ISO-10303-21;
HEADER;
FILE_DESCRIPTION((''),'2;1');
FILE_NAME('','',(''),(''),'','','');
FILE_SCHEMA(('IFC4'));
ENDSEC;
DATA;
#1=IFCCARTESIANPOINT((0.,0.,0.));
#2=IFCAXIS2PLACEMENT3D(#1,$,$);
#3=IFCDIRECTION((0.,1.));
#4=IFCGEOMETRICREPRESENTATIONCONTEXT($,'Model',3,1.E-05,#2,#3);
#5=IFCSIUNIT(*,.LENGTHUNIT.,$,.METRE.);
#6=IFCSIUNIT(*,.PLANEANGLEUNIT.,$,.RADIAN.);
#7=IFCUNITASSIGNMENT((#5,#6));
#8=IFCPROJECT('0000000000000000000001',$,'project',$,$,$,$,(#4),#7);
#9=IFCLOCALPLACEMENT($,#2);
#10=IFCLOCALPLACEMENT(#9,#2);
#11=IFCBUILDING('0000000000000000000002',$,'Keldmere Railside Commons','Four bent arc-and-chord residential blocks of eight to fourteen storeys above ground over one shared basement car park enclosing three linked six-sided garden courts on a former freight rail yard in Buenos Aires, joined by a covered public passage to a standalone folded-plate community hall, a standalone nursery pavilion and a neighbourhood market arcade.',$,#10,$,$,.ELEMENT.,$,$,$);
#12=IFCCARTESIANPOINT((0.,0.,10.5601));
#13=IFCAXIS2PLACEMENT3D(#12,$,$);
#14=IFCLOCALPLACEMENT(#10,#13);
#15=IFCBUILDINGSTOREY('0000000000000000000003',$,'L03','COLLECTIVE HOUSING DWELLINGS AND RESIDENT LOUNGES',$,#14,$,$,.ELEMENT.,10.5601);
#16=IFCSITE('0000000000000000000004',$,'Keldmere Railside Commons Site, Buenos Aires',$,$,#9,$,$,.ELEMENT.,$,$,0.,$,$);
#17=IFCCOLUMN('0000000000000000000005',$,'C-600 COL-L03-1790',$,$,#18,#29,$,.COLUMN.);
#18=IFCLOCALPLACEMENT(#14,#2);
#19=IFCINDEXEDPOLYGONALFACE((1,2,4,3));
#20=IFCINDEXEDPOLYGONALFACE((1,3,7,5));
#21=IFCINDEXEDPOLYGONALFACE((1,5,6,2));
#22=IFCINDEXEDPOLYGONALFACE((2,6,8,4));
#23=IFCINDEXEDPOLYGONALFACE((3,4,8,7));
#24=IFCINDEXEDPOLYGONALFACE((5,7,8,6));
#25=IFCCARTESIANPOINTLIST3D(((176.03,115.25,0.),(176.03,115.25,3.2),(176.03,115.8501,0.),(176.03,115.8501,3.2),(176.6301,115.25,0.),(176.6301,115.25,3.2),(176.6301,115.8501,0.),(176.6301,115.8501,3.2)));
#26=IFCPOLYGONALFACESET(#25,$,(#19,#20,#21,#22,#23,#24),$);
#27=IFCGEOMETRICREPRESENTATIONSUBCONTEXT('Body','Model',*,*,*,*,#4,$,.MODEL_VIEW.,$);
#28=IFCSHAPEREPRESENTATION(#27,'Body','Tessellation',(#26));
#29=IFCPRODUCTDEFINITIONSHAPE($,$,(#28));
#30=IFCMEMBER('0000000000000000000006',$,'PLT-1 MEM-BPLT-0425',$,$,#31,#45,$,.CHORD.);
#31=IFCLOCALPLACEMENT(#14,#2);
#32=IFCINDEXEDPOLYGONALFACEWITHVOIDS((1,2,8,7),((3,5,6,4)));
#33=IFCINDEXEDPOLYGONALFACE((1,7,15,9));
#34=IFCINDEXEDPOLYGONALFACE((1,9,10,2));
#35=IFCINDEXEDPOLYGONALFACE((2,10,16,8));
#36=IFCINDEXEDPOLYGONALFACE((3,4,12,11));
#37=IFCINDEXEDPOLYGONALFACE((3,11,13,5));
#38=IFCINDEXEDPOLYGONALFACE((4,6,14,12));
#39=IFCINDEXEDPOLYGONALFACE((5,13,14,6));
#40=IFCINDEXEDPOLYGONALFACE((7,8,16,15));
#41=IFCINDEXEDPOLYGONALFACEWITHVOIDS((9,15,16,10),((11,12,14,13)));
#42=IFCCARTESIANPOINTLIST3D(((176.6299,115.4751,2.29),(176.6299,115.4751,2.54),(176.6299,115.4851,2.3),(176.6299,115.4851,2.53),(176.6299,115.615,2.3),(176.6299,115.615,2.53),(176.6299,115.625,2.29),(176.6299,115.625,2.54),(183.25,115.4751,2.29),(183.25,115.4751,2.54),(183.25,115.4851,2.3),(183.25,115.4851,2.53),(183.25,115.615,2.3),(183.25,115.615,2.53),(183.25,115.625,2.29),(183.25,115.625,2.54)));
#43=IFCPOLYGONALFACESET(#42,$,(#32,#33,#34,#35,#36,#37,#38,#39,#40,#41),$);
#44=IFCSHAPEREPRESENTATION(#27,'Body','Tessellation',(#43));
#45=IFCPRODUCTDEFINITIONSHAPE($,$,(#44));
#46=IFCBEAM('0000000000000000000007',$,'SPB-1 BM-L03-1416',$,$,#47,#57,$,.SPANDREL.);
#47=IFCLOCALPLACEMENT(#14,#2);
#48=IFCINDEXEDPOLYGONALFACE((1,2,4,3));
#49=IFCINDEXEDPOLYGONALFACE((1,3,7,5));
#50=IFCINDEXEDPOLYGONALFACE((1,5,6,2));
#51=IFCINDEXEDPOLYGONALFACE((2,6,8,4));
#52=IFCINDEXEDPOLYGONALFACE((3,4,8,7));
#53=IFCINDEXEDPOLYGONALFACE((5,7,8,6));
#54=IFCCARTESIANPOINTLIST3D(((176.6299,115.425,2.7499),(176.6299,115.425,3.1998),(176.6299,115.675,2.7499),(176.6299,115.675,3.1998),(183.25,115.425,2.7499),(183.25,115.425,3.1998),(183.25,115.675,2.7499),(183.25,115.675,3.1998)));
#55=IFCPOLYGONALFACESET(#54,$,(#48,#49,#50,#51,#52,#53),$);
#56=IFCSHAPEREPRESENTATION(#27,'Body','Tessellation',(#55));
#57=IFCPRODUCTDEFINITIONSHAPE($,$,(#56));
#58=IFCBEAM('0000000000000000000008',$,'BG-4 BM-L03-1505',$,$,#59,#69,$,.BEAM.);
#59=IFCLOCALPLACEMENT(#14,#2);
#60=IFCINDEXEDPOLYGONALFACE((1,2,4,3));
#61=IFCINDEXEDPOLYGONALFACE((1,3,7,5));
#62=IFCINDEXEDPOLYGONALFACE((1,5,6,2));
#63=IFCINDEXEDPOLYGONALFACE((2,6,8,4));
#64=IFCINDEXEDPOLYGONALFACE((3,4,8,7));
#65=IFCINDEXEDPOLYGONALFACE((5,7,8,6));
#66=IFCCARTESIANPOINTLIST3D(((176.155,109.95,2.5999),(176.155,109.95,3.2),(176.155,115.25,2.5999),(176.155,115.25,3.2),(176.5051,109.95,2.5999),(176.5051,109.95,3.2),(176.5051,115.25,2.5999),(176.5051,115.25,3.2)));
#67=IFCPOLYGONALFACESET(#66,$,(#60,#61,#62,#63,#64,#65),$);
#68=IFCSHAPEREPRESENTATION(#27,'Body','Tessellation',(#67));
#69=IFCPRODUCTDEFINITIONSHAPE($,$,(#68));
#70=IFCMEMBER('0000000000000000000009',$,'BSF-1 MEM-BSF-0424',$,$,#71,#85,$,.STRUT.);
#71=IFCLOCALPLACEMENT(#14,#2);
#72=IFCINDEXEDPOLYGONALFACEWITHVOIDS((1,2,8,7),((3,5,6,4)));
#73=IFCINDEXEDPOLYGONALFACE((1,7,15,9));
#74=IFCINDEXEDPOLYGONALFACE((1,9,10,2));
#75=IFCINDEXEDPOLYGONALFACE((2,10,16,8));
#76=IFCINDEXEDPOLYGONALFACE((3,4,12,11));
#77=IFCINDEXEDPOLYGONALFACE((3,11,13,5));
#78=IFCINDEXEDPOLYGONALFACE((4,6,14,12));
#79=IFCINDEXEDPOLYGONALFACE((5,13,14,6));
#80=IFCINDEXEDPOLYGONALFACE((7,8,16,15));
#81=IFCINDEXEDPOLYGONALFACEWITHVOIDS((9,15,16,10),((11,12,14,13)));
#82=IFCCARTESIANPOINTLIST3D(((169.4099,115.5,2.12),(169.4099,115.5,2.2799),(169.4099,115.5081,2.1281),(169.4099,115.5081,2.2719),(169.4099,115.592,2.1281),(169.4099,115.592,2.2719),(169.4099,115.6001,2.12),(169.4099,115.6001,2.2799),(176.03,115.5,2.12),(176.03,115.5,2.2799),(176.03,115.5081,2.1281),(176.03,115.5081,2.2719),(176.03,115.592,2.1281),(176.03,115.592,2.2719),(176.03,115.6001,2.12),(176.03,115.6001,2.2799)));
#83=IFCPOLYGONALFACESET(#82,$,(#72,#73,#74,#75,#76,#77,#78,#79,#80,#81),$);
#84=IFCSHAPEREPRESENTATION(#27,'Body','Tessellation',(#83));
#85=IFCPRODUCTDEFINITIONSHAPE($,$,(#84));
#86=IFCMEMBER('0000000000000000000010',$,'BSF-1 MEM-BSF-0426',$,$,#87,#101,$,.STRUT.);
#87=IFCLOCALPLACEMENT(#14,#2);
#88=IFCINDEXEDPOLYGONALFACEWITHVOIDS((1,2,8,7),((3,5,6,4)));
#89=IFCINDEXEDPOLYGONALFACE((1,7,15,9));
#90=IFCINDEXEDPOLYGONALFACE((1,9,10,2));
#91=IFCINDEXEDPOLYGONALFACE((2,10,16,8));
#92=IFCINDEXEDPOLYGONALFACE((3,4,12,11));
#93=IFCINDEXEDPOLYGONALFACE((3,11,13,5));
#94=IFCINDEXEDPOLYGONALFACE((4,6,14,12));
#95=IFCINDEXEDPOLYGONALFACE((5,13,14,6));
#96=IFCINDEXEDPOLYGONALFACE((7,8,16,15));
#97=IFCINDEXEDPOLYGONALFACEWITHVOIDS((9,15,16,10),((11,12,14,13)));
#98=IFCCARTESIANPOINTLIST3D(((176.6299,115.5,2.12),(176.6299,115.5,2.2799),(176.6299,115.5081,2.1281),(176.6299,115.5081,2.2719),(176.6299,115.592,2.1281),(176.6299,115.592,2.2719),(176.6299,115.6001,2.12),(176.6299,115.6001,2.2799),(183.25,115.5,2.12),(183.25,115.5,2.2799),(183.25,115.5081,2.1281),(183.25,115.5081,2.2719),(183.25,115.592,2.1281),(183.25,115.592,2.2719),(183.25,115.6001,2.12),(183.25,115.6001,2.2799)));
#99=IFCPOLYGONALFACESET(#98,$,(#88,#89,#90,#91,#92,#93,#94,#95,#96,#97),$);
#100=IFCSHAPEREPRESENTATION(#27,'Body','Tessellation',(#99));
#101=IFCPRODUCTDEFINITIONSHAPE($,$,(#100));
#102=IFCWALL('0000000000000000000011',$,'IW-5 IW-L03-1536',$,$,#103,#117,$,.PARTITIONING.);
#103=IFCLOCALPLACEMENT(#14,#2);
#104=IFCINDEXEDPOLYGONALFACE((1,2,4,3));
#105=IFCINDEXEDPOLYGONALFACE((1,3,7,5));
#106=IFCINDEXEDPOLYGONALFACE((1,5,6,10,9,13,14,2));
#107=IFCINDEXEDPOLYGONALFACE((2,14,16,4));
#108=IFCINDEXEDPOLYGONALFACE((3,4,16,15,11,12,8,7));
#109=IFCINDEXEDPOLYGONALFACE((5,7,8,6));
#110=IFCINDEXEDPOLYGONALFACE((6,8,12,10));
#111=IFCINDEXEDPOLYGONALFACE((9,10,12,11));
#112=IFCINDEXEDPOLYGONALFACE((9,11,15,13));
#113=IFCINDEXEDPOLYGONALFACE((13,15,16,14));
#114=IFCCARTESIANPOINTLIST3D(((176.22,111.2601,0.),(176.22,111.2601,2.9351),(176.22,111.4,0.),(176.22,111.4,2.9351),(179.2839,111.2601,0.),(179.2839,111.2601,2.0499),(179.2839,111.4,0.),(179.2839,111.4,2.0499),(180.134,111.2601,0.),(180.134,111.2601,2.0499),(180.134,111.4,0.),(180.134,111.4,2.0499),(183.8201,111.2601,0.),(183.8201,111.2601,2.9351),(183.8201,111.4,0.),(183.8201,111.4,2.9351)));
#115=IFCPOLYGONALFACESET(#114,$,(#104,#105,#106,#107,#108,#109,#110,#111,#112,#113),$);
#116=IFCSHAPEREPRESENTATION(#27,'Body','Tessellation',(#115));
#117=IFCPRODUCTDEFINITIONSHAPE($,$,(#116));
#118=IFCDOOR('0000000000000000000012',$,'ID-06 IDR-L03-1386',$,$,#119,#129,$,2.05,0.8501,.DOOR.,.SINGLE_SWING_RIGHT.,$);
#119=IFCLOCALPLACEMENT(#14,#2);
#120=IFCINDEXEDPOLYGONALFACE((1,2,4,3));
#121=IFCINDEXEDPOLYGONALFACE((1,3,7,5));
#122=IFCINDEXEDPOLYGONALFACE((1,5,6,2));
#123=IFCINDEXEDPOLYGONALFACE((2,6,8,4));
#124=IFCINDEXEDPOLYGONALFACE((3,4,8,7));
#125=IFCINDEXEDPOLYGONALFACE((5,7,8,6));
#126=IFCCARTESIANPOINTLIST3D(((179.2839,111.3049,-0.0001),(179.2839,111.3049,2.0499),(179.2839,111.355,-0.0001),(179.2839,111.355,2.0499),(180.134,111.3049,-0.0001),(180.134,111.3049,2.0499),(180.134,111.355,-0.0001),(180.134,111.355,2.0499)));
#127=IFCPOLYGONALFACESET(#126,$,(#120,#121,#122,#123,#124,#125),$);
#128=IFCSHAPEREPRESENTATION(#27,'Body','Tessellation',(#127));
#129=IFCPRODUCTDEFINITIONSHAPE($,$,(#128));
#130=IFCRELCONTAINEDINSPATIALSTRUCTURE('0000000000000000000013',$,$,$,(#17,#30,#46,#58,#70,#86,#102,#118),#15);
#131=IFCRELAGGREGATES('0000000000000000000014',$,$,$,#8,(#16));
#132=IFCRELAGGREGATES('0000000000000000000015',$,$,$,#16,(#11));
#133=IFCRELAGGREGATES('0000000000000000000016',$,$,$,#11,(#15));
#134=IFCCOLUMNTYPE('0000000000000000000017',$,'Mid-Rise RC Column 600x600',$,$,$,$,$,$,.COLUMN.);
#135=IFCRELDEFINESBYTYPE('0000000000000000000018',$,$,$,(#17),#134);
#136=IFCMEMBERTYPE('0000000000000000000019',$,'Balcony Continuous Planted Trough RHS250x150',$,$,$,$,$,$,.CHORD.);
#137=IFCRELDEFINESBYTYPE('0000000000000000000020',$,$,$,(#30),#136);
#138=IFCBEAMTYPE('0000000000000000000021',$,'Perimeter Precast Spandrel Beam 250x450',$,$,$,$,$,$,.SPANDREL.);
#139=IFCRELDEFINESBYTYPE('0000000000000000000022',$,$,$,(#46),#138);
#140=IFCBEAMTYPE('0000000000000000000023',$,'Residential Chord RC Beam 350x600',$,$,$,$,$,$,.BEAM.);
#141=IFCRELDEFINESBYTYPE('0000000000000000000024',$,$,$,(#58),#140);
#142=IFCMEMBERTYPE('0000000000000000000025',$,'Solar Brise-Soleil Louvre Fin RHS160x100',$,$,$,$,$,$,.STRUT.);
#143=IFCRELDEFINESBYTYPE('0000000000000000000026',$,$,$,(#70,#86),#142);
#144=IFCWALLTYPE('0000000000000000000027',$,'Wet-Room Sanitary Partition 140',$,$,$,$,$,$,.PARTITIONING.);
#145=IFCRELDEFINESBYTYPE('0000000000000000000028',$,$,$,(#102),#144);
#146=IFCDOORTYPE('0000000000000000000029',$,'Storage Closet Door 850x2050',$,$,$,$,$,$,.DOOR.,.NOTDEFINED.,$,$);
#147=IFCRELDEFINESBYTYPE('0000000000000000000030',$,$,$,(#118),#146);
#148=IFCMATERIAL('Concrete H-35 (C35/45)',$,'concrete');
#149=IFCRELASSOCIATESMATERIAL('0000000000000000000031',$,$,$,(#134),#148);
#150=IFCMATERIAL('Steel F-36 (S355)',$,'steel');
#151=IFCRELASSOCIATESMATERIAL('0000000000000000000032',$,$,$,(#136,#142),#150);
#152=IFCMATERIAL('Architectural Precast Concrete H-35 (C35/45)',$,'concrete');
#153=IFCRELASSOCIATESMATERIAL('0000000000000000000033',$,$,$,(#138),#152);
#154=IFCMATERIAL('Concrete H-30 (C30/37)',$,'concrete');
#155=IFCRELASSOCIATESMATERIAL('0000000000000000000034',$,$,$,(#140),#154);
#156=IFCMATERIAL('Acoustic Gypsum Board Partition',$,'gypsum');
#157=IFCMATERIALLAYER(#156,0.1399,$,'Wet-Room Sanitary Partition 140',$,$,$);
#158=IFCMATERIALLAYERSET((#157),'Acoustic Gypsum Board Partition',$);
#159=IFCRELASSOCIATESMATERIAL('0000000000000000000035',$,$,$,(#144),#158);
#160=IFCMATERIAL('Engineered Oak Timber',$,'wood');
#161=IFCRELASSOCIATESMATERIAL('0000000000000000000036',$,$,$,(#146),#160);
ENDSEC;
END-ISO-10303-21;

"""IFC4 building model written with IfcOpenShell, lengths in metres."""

from ifc_helpers import new_model, si_unit, direction, frame, frame_2d, origin, origin_2d, place, context, subcontext, project, spatial, rectangle, hollow_rectangle, extrude, material, layer, layer_set, material_profile, profile_set, type_object, element, fill, save


model = new_model("IFC4")

# Units and contexts
model_context = context("Model", 3, precision=1e-05, world=origin(), true_north=direction((0.0, 1.0)))
body_context = subcontext(model_context, "Body", "Model", "MODEL_VIEW")
ifc_project = project(units=[si_unit("LENGTHUNIT", "METRE"), si_unit("PLANEANGLEUNIT", "RADIAN")], contexts=[model_context])

# Site, building, storey
site_placement = place(None, origin())
site = spatial("IfcSite", under=ifc_project, at=site_placement, Name="Keldmere Railside Commons Site, Buenos Aires", CompositionType="ELEMENT", RefElevation=0.0)
building_placement = place(site_placement, origin())
building = spatial("IfcBuilding", under=site, at=building_placement, Name="Keldmere Railside Commons", Description="Four bent arc-and-chord residential blocks of eight to fourteen storeys above ground over one shared basement car park enclosing three linked six-sided garden courts on a former freight rail yard in Buenos Aires, joined by a covered public passage to a standalone folded-plate community hall, a standalone nursery pavilion and a neighbourhood market arcade.", CompositionType="ELEMENT")
storey_placement = place(building_placement, frame((0.0, 0.0, 10.5601)))
storey = spatial("IfcBuildingStorey", under=building, at=storey_placement, Name="L03", Description="COLLECTIVE HOUSING DWELLINGS AND RESIDENT LOUNGES", CompositionType="ELEMENT", Elevation=10.5601)

# Column
ifc_material_1 = material(Name="Concrete H-35 (C35/45)", Category="concrete")
ifc_material_profile_1 = material_profile(ifc_material_1, rectangle(XDim=0.6001, YDim=0.6001, at=origin_2d()), Name="RC-600x600")
ifc_profile_set_1 = profile_set([ifc_material_profile_1], Name="Concrete H-35 (C35/45)")
column_type = type_object("IfcColumnType", Name="Mid-Rise RC Column 600x600", PredefinedType="COLUMN", material=ifc_profile_set_1)
column_placement = place(storey_placement, frame((176.3301, 115.55, 0.0), z_axis=(0.0, 0.0, 1.0), x_axis=(1.0, 0.0, 0.0)))
element("IfcColumn", 1, at=column_placement, inside=storey, type_object=column_type, Name="C-600 COL-L03-1790", PredefinedType="COLUMN", context=body_context, shape_type="SweptSolid", body=[
    extrude(rectangle(XDim=0.6001, YDim=0.6001, at=origin_2d()), origin(), (0.0, 0.0, 1.0), 3.2),
])

# Member
ifc_material_2 = material(Name="Steel F-36 (S355)", Category="steel")
ifc_material_profile_2 = material_profile(ifc_material_2, hollow_rectangle(XDim=0.1499, YDim=0.25, WallThickness=0.01, at=origin_2d()), Name="RHS-250x150x10")
ifc_profile_set_2 = profile_set([ifc_material_profile_2], Name="Steel F-36 (S355)")
member_type_1 = type_object("IfcMemberType", Name="Balcony Continuous Planted Trough RHS250x150", PredefinedType="CHORD", material=ifc_profile_set_2)
member_placement = place(storey_placement, frame((176.6299, 115.55, 2.415), z_axis=(1.0, 0.0, 0.0), x_axis=(0.0, 1.0, 0.0)))
element("IfcMember", 2, at=member_placement, inside=storey, type_object=member_type_1, Name="PLT-1 MEM-BPLT-0425", PredefinedType="CHORD", context=body_context, shape_type="SweptSolid", body=[
    extrude(hollow_rectangle(XDim=0.1499, YDim=0.25, WallThickness=0.01, at=origin_2d()), origin(), (0.0, 0.0, 1.0), 6.6201),
])

# Beams
ifc_material_3 = material(Name="Architectural Precast Concrete H-35 (C35/45)", Category="concrete")
ifc_material_profile_3 = material_profile(ifc_material_3, rectangle(XDim=0.25, YDim=0.45, at=origin_2d()), Name="RC-250x450")
ifc_profile_set_3 = profile_set([ifc_material_profile_3], Name="Architectural Precast Concrete H-35 (C35/45)")
beam_type_1 = type_object("IfcBeamType", Name="Perimeter Precast Spandrel Beam 250x450", PredefinedType="SPANDREL", material=ifc_profile_set_3)
beam_1_placement = place(storey_placement, frame((176.6299, 115.55, 2.9749), z_axis=(1.0, 0.0, 0.0), x_axis=(0.0, 1.0, 0.0)))
element("IfcBeam", 3, at=beam_1_placement, inside=storey, type_object=beam_type_1, Name="SPB-1 BM-L03-1416", PredefinedType="SPANDREL", context=body_context, shape_type="SweptSolid", body=[
    extrude(rectangle(XDim=0.25, YDim=0.45, at=origin_2d()), origin(), (0.0, 0.0, 1.0), 6.6201),
])
ifc_material_4 = material(Name="Concrete H-30 (C30/37)", Category="concrete")
ifc_material_profile_4 = material_profile(ifc_material_4, rectangle(XDim=0.3501, YDim=0.6001, at=origin_2d()), Name="RC-350x600")
ifc_profile_set_4 = profile_set([ifc_material_profile_4], Name="Concrete H-30 (C30/37)")
beam_type_2 = type_object("IfcBeamType", Name="Residential Chord RC Beam 350x600", PredefinedType="BEAM", material=ifc_profile_set_4)
beam_2_placement = place(storey_placement, frame((176.3301, 109.95, 2.8999), z_axis=(0.0, 1.0, 0.0), x_axis=(-1.0, 0.0, 0.0)))
element("IfcBeam", 4, at=beam_2_placement, inside=storey, type_object=beam_type_2, Name="BG-4 BM-L03-1505", PredefinedType="BEAM", context=body_context, shape_type="SweptSolid", body=[
    extrude(rectangle(XDim=0.3501, YDim=0.6001, at=origin_2d()), origin(), (0.0, 0.0, 1.0), 5.3),
])

# Members
ifc_material_profile_5 = material_profile(ifc_material_2, hollow_rectangle(XDim=0.1001, YDim=0.1599, WallThickness=0.0081, at=origin_2d()), Name="RHS-160x100x8")
ifc_profile_set_5 = profile_set([ifc_material_profile_5], Name="Steel F-36 (S355)")
member_type_2 = type_object("IfcMemberType", Name="Solar Brise-Soleil Louvre Fin RHS160x100", PredefinedType="STRUT", material=ifc_profile_set_5)
for number, where, z_axis, x_axis, name in (
    (5, (169.4099, 115.55, 2.2), (1.0, 0.0, 0.0), (0.0, 1.0, 0.0), "BSF-1 MEM-BSF-0424"),
    (6, (176.6299, 115.55, 2.2), (1.0, 0.0, 0.0), (0.0, 1.0, 0.0), "BSF-1 MEM-BSF-0426"),
):
    element("IfcMember", number, at=place(storey_placement, frame(where, z_axis=z_axis, x_axis=x_axis)), inside=storey, type_object=member_type_2, Name=name, PredefinedType="STRUT", context=body_context, shape_type="SweptSolid", body=[
        extrude(hollow_rectangle(XDim=0.1001, YDim=0.1599, WallThickness=0.0081, at=origin_2d()), origin(), (0.0, 0.0, 1.0), 6.6201),
    ])

# Wall, opening, door
ifc_material_5 = material(Name="Acoustic Gypsum Board Partition", Category="gypsum")
ifc_layer = layer(ifc_material_5, 0.1399, Name="Wet-Room Sanitary Partition 140")
ifc_layer_set = layer_set([ifc_layer], Name="Acoustic Gypsum Board Partition")
wall_type = type_object("IfcWallType", Name="Wet-Room Sanitary Partition 140", PredefinedType="PARTITIONING", material=ifc_layer_set)
wall_placement = place(storey_placement, frame((176.22, 111.3301, 0.0), z_axis=(0.0, 0.0, 1.0), x_axis=(1.0, 0.0, 0.0)))
wall = element("IfcWall", 7, at=wall_placement, inside=storey, type_object=wall_type, Name="IW-5 IW-L03-1536", PredefinedType="PARTITIONING", context=body_context, shape_type="SweptSolid", body=[
    extrude(rectangle(XDim=7.6001, YDim=0.1399, at=frame_2d((3.8, 0.0))), origin(), (0.0, 0.0, 1.0), 2.9351),
])
opening_placement = place(wall_placement, frame((3.064, 0.0, 0.0)))
opening = element("IfcOpeningElement", 8, at=opening_placement, cuts=wall, PredefinedType="OPENING", context=body_context, shape_type="SweptSolid", body=[
    extrude(rectangle(XDim=0.8501, YDim=2.05, at=frame_2d((0.425, 1.0249))), frame((0.0, 0.0798, 0.0), z_axis=(0.0, -1.0, 0.0), x_axis=(1.0, 0.0, 0.0)), (0.0, 0.0, 1.0), 0.1599),
])
ifc_material_6 = material(Name="Engineered Oak Timber", Category="wood")
door_type = type_object("IfcDoorType", Name="Storage Closet Door 850x2050", OperationType="NOTDEFINED", PredefinedType="DOOR", material=ifc_material_6)
door_placement = place(opening_placement, origin())
door = element("IfcDoor", 9, at=door_placement, inside=storey, type_object=door_type, Name="ID-06 IDR-L03-1386", OperationType="SINGLE_SWING_RIGHT", OverallHeight=2.05, OverallWidth=0.8501, PredefinedType="DOOR", context=body_context, shape_type="SweptSolid", body=[
    extrude(rectangle(XDim=0.8501, YDim=2.05, at=frame_2d((0.425, 1.0249))), frame((0.0, 0.0249, 0.0), z_axis=(0.0, -1.0, 0.0), x_axis=(1.0, 0.0, 0.0)), (0.0, 0.0, 1.0), 0.05),
])
fill(opening, door)

save(model, "model.ifc")
